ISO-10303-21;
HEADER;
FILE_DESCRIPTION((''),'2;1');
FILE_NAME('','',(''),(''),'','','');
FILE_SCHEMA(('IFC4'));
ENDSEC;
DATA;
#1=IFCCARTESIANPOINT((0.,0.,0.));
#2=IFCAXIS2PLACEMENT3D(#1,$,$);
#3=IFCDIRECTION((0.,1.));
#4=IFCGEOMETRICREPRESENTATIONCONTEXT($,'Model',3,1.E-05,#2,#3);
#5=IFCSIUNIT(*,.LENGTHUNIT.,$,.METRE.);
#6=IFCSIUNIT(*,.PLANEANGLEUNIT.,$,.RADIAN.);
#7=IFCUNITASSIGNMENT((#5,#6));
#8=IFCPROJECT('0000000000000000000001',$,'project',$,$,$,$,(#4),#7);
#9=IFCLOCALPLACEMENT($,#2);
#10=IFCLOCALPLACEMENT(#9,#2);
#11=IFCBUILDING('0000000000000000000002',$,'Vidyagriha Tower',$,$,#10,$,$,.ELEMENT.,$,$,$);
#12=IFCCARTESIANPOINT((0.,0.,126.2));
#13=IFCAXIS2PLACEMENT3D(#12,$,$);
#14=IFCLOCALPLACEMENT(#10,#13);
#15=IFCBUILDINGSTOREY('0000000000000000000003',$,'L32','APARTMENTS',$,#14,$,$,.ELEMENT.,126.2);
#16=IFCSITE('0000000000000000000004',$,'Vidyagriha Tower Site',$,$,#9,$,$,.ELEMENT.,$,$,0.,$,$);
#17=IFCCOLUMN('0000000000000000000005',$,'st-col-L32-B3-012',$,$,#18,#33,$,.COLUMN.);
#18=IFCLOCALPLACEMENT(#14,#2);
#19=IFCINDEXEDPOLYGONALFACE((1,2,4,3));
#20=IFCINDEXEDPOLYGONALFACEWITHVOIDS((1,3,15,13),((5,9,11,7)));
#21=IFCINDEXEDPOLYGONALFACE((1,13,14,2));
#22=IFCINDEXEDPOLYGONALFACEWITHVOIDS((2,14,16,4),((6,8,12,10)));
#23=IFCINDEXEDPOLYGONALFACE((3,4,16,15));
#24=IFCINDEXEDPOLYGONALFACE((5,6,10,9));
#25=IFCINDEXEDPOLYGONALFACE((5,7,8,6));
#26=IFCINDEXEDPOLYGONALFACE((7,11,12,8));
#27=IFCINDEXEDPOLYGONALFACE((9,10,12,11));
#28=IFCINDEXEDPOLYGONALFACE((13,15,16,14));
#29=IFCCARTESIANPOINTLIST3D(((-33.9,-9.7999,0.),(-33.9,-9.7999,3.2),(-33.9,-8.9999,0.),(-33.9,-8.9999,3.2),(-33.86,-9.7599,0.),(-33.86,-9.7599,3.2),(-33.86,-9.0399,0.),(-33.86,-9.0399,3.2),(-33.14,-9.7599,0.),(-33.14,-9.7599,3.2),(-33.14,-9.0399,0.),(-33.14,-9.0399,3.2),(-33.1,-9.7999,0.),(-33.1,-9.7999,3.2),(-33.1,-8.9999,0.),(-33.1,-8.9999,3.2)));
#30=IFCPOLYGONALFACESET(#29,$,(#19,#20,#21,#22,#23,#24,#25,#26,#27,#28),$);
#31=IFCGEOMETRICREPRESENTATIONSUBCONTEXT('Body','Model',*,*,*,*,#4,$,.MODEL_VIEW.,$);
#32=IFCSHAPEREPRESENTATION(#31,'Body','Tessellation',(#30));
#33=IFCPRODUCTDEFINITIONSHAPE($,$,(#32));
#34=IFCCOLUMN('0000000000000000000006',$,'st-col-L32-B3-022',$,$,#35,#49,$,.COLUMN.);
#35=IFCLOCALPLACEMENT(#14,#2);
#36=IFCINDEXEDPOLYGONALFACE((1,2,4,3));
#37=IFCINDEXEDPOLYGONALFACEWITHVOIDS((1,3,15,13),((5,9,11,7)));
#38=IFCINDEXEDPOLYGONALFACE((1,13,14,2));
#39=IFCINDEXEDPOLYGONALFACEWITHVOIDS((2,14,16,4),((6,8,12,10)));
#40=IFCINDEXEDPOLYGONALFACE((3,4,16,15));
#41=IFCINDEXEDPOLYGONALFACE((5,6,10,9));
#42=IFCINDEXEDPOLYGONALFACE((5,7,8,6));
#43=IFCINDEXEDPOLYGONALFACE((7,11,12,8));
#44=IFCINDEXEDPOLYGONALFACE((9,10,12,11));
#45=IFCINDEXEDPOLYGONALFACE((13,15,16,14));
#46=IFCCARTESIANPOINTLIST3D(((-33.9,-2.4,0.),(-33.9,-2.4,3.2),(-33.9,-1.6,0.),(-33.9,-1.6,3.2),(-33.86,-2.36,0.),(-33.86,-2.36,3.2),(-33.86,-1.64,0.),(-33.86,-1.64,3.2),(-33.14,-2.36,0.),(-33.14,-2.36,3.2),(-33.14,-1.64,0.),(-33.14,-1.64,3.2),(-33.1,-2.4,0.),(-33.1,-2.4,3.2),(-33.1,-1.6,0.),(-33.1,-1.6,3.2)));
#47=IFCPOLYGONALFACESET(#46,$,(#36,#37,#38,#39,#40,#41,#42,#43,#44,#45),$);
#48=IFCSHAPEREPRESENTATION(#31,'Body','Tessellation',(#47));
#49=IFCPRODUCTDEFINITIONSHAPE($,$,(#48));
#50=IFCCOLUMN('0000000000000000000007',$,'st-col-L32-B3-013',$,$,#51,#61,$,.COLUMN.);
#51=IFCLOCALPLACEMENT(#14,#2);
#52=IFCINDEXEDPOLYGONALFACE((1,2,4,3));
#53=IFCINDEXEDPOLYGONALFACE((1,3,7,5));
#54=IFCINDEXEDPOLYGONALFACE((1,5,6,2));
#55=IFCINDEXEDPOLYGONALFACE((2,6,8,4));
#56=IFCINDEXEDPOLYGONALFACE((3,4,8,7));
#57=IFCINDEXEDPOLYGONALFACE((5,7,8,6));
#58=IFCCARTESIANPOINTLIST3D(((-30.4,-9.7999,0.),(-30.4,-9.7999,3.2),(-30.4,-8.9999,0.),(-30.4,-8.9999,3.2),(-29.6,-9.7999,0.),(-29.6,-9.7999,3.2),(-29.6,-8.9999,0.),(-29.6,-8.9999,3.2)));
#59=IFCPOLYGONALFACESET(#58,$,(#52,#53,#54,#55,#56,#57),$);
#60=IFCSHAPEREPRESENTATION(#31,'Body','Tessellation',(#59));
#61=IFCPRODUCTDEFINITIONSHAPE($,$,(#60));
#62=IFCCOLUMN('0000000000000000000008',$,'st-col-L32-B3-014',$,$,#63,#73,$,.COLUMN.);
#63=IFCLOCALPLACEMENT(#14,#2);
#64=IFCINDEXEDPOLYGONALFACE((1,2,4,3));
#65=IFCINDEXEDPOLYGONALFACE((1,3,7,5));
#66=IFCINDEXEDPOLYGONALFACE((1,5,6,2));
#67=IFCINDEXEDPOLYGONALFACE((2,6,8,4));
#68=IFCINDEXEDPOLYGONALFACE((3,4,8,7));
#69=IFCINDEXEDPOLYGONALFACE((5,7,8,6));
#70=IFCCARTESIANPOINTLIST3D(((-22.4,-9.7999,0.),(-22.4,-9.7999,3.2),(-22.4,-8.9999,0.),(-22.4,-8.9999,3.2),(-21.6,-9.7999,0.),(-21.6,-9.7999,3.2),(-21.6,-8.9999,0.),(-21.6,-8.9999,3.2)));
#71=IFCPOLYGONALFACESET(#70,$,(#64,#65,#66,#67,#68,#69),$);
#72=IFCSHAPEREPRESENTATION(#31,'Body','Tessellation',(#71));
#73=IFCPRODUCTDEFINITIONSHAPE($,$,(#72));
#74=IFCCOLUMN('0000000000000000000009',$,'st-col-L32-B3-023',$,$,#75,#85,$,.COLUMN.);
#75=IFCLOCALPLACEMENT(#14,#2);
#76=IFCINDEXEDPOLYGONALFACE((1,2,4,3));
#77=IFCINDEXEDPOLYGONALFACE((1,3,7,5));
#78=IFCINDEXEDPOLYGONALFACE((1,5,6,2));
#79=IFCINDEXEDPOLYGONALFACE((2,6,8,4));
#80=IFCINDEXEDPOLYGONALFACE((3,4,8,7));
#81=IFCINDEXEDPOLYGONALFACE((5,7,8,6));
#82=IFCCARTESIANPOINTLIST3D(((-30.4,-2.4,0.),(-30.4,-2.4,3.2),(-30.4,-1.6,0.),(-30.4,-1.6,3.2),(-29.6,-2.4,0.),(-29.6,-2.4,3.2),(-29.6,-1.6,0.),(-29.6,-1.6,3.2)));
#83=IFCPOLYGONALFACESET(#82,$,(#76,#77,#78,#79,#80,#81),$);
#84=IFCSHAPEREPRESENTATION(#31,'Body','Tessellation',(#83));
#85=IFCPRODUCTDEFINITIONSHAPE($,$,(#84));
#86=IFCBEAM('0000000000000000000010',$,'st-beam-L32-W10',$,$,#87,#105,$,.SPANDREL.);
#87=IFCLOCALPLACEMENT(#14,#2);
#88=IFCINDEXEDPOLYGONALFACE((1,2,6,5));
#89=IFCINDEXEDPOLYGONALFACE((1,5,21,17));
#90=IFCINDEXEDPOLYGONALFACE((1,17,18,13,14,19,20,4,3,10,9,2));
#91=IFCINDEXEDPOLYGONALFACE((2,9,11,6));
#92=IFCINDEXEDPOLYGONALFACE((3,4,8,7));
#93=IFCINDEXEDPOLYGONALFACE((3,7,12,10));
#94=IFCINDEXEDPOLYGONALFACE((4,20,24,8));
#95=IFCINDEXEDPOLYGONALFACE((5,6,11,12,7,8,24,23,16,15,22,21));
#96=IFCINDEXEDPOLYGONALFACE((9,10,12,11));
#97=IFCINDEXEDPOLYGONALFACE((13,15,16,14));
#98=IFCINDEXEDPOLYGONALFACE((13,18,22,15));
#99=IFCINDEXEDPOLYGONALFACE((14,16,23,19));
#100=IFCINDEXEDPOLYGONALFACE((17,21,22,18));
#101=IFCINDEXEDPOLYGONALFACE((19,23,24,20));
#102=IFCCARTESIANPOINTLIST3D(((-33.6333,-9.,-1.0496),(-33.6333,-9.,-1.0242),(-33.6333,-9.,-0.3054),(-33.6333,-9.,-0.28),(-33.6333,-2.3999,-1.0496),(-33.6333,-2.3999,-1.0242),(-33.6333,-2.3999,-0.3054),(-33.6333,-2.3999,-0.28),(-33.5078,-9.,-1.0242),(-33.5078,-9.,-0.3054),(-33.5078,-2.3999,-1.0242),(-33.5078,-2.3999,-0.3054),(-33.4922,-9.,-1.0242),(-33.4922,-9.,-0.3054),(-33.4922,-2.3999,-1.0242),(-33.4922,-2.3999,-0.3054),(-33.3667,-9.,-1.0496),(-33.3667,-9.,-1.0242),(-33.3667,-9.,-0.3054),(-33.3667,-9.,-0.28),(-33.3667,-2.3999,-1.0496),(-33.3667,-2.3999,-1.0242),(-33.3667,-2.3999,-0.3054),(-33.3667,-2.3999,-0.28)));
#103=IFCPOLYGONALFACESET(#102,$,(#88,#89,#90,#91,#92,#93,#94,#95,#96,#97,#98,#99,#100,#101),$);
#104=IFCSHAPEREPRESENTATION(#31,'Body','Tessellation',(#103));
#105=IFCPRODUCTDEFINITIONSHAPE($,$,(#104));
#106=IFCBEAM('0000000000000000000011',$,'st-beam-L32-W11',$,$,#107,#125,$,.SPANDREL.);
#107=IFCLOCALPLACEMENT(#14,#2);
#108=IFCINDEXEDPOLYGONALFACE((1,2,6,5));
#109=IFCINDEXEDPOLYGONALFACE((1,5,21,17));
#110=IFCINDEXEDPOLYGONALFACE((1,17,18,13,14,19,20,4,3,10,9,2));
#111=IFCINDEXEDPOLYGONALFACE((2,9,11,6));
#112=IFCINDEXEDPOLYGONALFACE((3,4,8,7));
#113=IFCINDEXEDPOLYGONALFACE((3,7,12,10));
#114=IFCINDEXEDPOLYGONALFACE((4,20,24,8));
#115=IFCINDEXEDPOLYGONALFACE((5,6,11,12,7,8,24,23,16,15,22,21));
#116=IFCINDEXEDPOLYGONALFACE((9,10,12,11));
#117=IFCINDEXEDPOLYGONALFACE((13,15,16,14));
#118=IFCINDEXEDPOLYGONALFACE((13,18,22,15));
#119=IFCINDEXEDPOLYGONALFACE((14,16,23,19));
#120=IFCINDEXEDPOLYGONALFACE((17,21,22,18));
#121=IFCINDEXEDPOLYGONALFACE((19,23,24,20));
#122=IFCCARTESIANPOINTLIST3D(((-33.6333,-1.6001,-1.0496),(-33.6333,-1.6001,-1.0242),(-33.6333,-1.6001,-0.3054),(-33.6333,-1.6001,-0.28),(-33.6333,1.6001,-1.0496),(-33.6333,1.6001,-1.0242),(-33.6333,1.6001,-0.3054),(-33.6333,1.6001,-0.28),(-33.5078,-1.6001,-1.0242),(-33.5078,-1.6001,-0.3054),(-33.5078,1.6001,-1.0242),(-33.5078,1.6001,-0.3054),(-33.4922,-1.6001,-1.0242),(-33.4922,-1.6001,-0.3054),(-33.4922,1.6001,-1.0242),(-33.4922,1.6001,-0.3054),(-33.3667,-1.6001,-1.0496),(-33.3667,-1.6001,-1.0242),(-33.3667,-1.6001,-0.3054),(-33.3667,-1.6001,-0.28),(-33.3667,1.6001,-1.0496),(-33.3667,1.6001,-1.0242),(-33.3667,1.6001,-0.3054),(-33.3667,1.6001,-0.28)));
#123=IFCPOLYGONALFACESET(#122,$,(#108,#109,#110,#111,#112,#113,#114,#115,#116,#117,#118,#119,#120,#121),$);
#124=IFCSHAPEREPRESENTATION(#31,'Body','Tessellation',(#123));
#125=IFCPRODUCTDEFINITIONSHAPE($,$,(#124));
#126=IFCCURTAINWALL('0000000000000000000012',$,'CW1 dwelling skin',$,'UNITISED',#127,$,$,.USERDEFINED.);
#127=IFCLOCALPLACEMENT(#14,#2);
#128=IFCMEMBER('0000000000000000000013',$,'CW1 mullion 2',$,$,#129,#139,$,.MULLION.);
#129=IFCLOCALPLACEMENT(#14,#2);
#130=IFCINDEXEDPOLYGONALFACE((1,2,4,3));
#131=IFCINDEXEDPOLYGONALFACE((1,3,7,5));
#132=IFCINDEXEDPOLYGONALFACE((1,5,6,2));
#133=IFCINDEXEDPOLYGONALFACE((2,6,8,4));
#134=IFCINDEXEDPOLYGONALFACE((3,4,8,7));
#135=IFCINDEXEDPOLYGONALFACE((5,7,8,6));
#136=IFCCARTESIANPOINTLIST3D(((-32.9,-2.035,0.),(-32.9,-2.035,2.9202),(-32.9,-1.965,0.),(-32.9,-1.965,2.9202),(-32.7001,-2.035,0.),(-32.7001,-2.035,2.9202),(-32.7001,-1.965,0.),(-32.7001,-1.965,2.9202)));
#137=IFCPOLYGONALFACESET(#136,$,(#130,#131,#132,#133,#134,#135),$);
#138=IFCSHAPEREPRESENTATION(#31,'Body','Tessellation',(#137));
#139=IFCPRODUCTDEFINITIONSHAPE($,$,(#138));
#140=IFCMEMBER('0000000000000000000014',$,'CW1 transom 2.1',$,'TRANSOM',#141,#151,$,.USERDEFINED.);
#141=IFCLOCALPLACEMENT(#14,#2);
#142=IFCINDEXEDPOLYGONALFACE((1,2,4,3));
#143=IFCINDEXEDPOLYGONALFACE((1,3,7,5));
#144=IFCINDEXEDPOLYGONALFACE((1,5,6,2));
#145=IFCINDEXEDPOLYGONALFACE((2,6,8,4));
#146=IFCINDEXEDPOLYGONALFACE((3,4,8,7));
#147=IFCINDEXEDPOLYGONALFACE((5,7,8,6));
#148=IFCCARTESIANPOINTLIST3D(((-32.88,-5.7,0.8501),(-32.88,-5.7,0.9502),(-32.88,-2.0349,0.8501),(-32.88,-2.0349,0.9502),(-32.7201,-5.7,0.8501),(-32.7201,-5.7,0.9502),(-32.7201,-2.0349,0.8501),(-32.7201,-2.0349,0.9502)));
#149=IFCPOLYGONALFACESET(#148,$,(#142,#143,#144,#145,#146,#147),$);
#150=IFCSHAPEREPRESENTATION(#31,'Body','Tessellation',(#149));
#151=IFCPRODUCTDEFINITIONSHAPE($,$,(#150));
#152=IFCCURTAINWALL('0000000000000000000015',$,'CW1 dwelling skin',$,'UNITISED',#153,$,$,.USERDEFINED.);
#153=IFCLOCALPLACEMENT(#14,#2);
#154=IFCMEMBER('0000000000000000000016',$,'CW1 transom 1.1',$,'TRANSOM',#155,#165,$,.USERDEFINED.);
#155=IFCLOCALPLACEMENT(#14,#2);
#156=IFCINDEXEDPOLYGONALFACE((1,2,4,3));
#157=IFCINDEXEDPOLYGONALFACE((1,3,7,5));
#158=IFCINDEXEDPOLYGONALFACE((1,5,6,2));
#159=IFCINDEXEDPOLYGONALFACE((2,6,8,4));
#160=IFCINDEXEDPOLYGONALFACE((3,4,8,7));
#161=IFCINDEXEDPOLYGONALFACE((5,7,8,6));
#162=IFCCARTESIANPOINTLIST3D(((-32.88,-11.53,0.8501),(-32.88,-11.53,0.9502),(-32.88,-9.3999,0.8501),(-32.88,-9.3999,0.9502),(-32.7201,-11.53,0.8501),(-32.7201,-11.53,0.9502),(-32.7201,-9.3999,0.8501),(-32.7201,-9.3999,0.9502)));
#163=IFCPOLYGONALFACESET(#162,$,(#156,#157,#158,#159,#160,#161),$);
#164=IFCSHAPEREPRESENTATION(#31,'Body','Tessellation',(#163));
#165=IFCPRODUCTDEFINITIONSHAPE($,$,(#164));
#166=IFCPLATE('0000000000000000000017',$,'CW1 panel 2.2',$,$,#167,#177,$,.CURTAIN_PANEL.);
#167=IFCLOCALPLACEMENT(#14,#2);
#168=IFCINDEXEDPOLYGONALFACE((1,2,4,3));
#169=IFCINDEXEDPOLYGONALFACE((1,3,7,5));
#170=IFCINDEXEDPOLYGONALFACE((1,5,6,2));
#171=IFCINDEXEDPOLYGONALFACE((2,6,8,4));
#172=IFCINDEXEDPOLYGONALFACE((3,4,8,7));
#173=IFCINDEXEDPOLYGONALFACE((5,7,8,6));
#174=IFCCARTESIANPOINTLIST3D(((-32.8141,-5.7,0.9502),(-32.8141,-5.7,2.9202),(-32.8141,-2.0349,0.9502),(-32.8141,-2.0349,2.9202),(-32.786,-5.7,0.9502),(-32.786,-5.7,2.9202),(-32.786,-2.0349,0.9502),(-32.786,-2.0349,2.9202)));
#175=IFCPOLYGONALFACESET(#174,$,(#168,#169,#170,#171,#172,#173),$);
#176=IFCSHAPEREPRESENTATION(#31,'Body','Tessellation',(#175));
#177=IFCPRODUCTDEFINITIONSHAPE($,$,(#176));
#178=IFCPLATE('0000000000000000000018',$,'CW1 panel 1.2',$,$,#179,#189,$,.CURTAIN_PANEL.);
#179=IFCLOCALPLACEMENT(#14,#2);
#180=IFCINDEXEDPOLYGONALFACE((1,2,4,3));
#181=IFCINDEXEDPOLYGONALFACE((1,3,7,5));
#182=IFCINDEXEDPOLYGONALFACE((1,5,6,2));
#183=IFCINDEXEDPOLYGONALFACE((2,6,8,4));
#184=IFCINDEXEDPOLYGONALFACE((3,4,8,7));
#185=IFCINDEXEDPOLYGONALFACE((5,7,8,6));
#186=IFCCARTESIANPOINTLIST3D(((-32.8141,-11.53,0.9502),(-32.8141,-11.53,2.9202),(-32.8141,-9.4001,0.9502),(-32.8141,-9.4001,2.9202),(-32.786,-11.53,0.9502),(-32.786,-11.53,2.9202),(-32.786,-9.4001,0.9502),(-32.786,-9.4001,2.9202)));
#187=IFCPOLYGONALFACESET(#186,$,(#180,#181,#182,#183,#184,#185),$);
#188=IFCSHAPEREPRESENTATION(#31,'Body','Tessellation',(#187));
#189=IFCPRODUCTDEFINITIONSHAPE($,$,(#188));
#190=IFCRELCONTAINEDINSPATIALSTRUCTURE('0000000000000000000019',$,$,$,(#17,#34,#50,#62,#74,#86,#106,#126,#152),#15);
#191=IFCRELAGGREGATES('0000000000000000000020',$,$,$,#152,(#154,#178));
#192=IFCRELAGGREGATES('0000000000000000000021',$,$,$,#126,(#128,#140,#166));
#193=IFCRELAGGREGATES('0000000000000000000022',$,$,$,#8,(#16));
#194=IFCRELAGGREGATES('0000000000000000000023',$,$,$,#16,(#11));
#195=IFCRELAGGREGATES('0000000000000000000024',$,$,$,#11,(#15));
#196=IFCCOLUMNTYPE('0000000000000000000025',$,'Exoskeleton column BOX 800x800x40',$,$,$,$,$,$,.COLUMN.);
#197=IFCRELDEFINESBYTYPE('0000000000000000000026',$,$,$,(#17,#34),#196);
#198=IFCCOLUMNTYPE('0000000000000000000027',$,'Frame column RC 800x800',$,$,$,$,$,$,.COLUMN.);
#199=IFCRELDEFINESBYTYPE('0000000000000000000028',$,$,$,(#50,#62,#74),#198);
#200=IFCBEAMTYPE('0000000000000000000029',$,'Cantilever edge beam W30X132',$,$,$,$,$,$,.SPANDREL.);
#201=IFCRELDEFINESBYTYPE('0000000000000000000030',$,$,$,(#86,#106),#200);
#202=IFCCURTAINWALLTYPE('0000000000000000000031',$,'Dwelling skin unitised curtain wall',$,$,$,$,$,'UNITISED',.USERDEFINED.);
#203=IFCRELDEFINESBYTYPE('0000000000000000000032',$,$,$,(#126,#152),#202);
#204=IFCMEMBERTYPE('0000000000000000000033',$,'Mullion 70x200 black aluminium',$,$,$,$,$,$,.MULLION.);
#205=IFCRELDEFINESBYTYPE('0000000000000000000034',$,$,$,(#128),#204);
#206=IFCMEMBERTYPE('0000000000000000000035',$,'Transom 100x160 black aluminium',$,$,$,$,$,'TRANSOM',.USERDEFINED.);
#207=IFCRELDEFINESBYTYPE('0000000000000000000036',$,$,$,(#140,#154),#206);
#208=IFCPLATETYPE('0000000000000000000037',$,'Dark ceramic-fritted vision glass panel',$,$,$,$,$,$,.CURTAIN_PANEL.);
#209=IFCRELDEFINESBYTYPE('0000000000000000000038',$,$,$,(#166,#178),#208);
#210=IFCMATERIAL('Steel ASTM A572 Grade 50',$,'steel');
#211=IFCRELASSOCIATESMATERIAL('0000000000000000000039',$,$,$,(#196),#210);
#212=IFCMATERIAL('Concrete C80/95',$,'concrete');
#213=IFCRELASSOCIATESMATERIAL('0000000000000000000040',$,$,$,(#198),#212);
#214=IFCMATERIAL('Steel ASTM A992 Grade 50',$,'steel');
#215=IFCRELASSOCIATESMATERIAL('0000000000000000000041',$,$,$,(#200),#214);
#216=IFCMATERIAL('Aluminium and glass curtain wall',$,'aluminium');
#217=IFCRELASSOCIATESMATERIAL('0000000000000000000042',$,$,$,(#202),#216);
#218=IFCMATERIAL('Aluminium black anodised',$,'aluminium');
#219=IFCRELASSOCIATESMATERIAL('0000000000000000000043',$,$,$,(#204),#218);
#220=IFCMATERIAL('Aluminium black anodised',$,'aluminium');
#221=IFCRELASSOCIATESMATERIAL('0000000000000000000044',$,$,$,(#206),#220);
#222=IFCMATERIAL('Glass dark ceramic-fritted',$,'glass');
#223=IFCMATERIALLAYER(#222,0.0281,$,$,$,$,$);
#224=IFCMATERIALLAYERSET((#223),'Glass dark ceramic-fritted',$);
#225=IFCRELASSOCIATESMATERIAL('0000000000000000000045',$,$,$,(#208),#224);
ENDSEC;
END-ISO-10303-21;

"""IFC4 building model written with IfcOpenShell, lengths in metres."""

from ifc_helpers import new_model, si_unit, direction, frame, origin, origin_2d, place, context, subcontext, project, spatial, rectangle, hollow_rectangle, i_section, extrude, material, layer, layer_set, material_profile, profile_set, type_object, element, aggregate, save


model = new_model("IFC4")

# Units and contexts
model_context = context("Model", 3, precision=1e-05, world=origin(), true_north=direction((0.0, 1.0)))
body_context = subcontext(model_context, "Body", "Model", "MODEL_VIEW")
ifc_project = project(units=[si_unit("LENGTHUNIT", "METRE"), si_unit("PLANEANGLEUNIT", "RADIAN")], contexts=[model_context])

# Site, building, storey
site_placement = place(None, origin())
site = spatial("IfcSite", under=ifc_project, at=site_placement, Name="Vidyagriha Tower Site", CompositionType="ELEMENT", RefElevation=0.0)
building_placement = place(site_placement, origin())
building = spatial("IfcBuilding", under=site, at=building_placement, Name="Vidyagriha Tower", CompositionType="ELEMENT")
storey_placement = place(building_placement, frame((0.0, 0.0, 126.2)))
storey = spatial("IfcBuildingStorey", under=building, at=storey_placement, Name="L32", Description="APARTMENTS", CompositionType="ELEMENT", Elevation=126.2)

# Columns
ifc_material_1 = material(Name="Steel ASTM A572 Grade 50", Category="steel")
ifc_material_profile_1 = material_profile(ifc_material_1, hollow_rectangle(XDim=0.8, YDim=0.8, WallThickness=0.04, at=origin_2d()), Name="BOX 800x800x40")
ifc_profile_set_1 = profile_set([ifc_material_profile_1], Name="Steel ASTM A572 Grade 50")
column_type_1 = type_object("IfcColumnType", Name="Exoskeleton column BOX 800x800x40", PredefinedType="COLUMN", material=ifc_profile_set_1)
for number, where, name in (
    (1, (-33.5, -9.3999, 0.0), "st-col-L32-B3-012"),
    (2, (-33.5, -2.0, 0.0), "st-col-L32-B3-022"),
):
    element("IfcColumn", number, at=place(storey_placement, frame(where)), inside=storey, type_object=column_type_1, Name=name, PredefinedType="COLUMN", context=body_context, shape_type="SweptSolid", body=[
        extrude(hollow_rectangle(XDim=0.8, YDim=0.8, WallThickness=0.04, at=origin_2d()), origin(), (0.0, 0.0, 1.0), 3.2),
    ])
ifc_material_2 = material(Name="Concrete C80/95", Category="concrete")
ifc_material_profile_2 = material_profile(ifc_material_2, rectangle(XDim=0.8, YDim=0.8, at=origin_2d()), Name="RC 800x800")
ifc_profile_set_2 = profile_set([ifc_material_profile_2], Name="Concrete C80/95")
column_type_2 = type_object("IfcColumnType", Name="Frame column RC 800x800", PredefinedType="COLUMN", material=ifc_profile_set_2)
for number, where, name in (
    (3, (-30.0, -9.3999, 0.0), "st-col-L32-B3-013"),
    (4, (-22.0, -9.3999, 0.0), "st-col-L32-B3-014"),
    (5, (-30.0, -2.0, 0.0), "st-col-L32-B3-023"),
):
    element("IfcColumn", number, at=place(storey_placement, frame(where)), inside=storey, type_object=column_type_2, Name=name, PredefinedType="COLUMN", context=body_context, shape_type="SweptSolid", body=[
        extrude(rectangle(XDim=0.8, YDim=0.8, at=origin_2d()), origin(), (0.0, 0.0, 1.0), 3.2),
    ])

# Beams
ifc_material_3 = material(Name="Steel ASTM A992 Grade 50", Category="steel")
ifc_material_profile_3 = material_profile(ifc_material_3, i_section(OverallWidth=0.2666, OverallDepth=0.7695, WebThickness=0.0156, FlangeThickness=0.0254, at=origin_2d()), Name="W30X132")
ifc_profile_set_3 = profile_set([ifc_material_profile_3], Name="Steel ASTM A992 Grade 50")
beam_type = type_object("IfcBeamType", Name="Cantilever edge beam W30X132", PredefinedType="SPANDREL", material=ifc_profile_set_3)
beam_1_placement = place(storey_placement, frame((-33.5, -9.0, -0.6648), z_axis=(0.0, 1.0, 0.0), x_axis=(-1.0, 0.0, 0.0)))
element("IfcBeam", 6, at=beam_1_placement, inside=storey, type_object=beam_type, Name="st-beam-L32-W10", PredefinedType="SPANDREL", context=body_context, shape_type="SweptSolid", body=[
    extrude(i_section(OverallWidth=0.2666, OverallDepth=0.7695, WebThickness=0.0156, FlangeThickness=0.0254, at=origin_2d()), origin(), (0.0, 0.0, 1.0), 6.6001),
])
beam_2_placement = place(storey_placement, frame((-33.5, -1.6001, -0.6648), z_axis=(0.0, 1.0, 0.0), x_axis=(-1.0, 0.0, 0.0)))
element("IfcBeam", 7, at=beam_2_placement, inside=storey, type_object=beam_type, Name="st-beam-L32-W11", PredefinedType="SPANDREL", context=body_context, shape_type="SweptSolid", body=[
    extrude(i_section(OverallWidth=0.2666, OverallDepth=0.7695, WebThickness=0.0156, FlangeThickness=0.0254, at=origin_2d()), origin(), (0.0, 0.0, 1.0), 3.2002),
])

# Curtain wall, members
ifc_material_4 = material(Name="Aluminium and glass curtain wall", Category="aluminium")
curtain_wall_type = type_object("IfcCurtainWallType", Name="Dwelling skin unitised curtain wall", ElementType="UNITISED", PredefinedType="USERDEFINED", material=ifc_material_4)
curtain_wall_1_placement = place(storey_placement, origin())
curtain_wall_1 = element("IfcCurtainWall", 8, at=curtain_wall_1_placement, inside=storey, type_object=curtain_wall_type, Name="CW1 dwelling skin", ObjectType="UNITISED", PredefinedType="USERDEFINED")
ifc_material_5 = material(Name="Aluminium black anodised", Category="aluminium")
ifc_material_profile_4 = material_profile(ifc_material_5, rectangle(XDim=0.2, YDim=0.0701, at=origin_2d()), Name="Mullion 70x200 black aluminium")
ifc_profile_set_4 = profile_set([ifc_material_profile_4], Name="Aluminium black anodised")
member_type_1 = type_object("IfcMemberType", Name="Mullion 70x200 black aluminium", PredefinedType="MULLION", material=ifc_profile_set_4)
member_1_placement = place(storey_placement, frame((-32.8, -2.0, 0.0)))
member_1 = element("IfcMember", 9, at=member_1_placement, type_object=member_type_1, Name="CW1 mullion 2", PredefinedType="MULLION", context=body_context, shape_type="SweptSolid", body=[
    extrude(rectangle(XDim=0.2, YDim=0.0701, at=origin_2d()), origin(), (0.0, 0.0, 1.0), 2.9202),
])
ifc_material_6 = material(Name="Aluminium black anodised", Category="aluminium")
ifc_material_profile_5 = material_profile(ifc_material_6, rectangle(XDim=0.1599, YDim=0.1001, at=origin_2d()), Name="Transom 100x160 black aluminium")
ifc_profile_set_5 = profile_set([ifc_material_profile_5], Name="Aluminium black anodised")
member_type_2 = type_object("IfcMemberType", Name="Transom 100x160 black aluminium", ElementType="TRANSOM", PredefinedType="USERDEFINED", material=ifc_profile_set_5)
member_2_placement = place(storey_placement, frame((-32.8, -2.0349, 0.9001), z_axis=(0.0, -1.0, 0.0), x_axis=(1.0, 0.0, 0.0)))
member_2 = element("IfcMember", 10, at=member_2_placement, type_object=member_type_2, Name="CW1 transom 2.1", ObjectType="TRANSOM", PredefinedType="USERDEFINED", context=body_context, shape_type="SweptSolid", body=[
    extrude(rectangle(XDim=0.1599, YDim=0.1001, at=origin_2d()), origin(), (0.0, 0.0, 1.0), 3.665),
])

# Curtain wall, member
curtain_wall_2_placement = place(storey_placement, origin())
curtain_wall_2 = element("IfcCurtainWall", 11, at=curtain_wall_2_placement, inside=storey, type_object=curtain_wall_type, Name="CW1 dwelling skin", ObjectType="UNITISED", PredefinedType="USERDEFINED")
member_3_placement = place(storey_placement, frame((-32.8, -9.3999, 0.9001), z_axis=(0.0, -1.0, 0.0), x_axis=(1.0, 0.0, 0.0)))
member_3 = element("IfcMember", 12, at=member_3_placement, type_object=member_type_2, Name="CW1 transom 1.1", ObjectType="TRANSOM", PredefinedType="USERDEFINED", context=body_context, shape_type="SweptSolid", body=[
    extrude(rectangle(XDim=0.1599, YDim=0.1001, at=origin_2d()), origin(), (0.0, 0.0, 1.0), 2.1301),
])

# Plates
ifc_material_7 = material(Name="Glass dark ceramic-fritted", Category="glass")
ifc_layer_1 = layer(ifc_material_7, 0.0281)
ifc_layer_set_1 = layer_set([ifc_layer_1], Name="Glass dark ceramic-fritted")
plate_type_1 = type_object("IfcPlateType", Name="Dark ceramic-fritted vision glass panel", PredefinedType="CURTAIN_PANEL", material=ifc_layer_set_1)
plate_1_placement = place(storey_placement, frame((-32.8, -3.8674, 0.9502), z_axis=(0.0, 0.0, 1.0), x_axis=(0.0, -1.0, 0.0)))
plate_1 = element("IfcPlate", 13, at=plate_1_placement, type_object=plate_type_1, Name="CW1 panel 2.2", PredefinedType="CURTAIN_PANEL", context=body_context, shape_type="SweptSolid", body=[
    extrude(rectangle(XDim=3.665, YDim=0.0281, at=origin_2d()), origin(), (0.0, 0.0, 1.0), 1.97),
])
plate_2_placement = place(storey_placement, frame((-32.8, -10.4651, 0.9502), z_axis=(0.0, 0.0, 1.0), x_axis=(0.0, -1.0, 0.0)))
plate_2 = element("IfcPlate", 14, at=plate_2_placement, type_object=plate_type_1, Name="CW1 panel 1.2", PredefinedType="CURTAIN_PANEL", context=body_context, shape_type="SweptSolid", body=[
    extrude(rectangle(XDim=2.1299, YDim=0.0281, at=origin_2d()), origin(), (0.0, 0.0, 1.0), 1.97),
])
aggregate(curtain_wall_2, [member_3, plate_2])
aggregate(curtain_wall_1, [member_1, member_2, plate_1])

save(model, "model.ifc")
